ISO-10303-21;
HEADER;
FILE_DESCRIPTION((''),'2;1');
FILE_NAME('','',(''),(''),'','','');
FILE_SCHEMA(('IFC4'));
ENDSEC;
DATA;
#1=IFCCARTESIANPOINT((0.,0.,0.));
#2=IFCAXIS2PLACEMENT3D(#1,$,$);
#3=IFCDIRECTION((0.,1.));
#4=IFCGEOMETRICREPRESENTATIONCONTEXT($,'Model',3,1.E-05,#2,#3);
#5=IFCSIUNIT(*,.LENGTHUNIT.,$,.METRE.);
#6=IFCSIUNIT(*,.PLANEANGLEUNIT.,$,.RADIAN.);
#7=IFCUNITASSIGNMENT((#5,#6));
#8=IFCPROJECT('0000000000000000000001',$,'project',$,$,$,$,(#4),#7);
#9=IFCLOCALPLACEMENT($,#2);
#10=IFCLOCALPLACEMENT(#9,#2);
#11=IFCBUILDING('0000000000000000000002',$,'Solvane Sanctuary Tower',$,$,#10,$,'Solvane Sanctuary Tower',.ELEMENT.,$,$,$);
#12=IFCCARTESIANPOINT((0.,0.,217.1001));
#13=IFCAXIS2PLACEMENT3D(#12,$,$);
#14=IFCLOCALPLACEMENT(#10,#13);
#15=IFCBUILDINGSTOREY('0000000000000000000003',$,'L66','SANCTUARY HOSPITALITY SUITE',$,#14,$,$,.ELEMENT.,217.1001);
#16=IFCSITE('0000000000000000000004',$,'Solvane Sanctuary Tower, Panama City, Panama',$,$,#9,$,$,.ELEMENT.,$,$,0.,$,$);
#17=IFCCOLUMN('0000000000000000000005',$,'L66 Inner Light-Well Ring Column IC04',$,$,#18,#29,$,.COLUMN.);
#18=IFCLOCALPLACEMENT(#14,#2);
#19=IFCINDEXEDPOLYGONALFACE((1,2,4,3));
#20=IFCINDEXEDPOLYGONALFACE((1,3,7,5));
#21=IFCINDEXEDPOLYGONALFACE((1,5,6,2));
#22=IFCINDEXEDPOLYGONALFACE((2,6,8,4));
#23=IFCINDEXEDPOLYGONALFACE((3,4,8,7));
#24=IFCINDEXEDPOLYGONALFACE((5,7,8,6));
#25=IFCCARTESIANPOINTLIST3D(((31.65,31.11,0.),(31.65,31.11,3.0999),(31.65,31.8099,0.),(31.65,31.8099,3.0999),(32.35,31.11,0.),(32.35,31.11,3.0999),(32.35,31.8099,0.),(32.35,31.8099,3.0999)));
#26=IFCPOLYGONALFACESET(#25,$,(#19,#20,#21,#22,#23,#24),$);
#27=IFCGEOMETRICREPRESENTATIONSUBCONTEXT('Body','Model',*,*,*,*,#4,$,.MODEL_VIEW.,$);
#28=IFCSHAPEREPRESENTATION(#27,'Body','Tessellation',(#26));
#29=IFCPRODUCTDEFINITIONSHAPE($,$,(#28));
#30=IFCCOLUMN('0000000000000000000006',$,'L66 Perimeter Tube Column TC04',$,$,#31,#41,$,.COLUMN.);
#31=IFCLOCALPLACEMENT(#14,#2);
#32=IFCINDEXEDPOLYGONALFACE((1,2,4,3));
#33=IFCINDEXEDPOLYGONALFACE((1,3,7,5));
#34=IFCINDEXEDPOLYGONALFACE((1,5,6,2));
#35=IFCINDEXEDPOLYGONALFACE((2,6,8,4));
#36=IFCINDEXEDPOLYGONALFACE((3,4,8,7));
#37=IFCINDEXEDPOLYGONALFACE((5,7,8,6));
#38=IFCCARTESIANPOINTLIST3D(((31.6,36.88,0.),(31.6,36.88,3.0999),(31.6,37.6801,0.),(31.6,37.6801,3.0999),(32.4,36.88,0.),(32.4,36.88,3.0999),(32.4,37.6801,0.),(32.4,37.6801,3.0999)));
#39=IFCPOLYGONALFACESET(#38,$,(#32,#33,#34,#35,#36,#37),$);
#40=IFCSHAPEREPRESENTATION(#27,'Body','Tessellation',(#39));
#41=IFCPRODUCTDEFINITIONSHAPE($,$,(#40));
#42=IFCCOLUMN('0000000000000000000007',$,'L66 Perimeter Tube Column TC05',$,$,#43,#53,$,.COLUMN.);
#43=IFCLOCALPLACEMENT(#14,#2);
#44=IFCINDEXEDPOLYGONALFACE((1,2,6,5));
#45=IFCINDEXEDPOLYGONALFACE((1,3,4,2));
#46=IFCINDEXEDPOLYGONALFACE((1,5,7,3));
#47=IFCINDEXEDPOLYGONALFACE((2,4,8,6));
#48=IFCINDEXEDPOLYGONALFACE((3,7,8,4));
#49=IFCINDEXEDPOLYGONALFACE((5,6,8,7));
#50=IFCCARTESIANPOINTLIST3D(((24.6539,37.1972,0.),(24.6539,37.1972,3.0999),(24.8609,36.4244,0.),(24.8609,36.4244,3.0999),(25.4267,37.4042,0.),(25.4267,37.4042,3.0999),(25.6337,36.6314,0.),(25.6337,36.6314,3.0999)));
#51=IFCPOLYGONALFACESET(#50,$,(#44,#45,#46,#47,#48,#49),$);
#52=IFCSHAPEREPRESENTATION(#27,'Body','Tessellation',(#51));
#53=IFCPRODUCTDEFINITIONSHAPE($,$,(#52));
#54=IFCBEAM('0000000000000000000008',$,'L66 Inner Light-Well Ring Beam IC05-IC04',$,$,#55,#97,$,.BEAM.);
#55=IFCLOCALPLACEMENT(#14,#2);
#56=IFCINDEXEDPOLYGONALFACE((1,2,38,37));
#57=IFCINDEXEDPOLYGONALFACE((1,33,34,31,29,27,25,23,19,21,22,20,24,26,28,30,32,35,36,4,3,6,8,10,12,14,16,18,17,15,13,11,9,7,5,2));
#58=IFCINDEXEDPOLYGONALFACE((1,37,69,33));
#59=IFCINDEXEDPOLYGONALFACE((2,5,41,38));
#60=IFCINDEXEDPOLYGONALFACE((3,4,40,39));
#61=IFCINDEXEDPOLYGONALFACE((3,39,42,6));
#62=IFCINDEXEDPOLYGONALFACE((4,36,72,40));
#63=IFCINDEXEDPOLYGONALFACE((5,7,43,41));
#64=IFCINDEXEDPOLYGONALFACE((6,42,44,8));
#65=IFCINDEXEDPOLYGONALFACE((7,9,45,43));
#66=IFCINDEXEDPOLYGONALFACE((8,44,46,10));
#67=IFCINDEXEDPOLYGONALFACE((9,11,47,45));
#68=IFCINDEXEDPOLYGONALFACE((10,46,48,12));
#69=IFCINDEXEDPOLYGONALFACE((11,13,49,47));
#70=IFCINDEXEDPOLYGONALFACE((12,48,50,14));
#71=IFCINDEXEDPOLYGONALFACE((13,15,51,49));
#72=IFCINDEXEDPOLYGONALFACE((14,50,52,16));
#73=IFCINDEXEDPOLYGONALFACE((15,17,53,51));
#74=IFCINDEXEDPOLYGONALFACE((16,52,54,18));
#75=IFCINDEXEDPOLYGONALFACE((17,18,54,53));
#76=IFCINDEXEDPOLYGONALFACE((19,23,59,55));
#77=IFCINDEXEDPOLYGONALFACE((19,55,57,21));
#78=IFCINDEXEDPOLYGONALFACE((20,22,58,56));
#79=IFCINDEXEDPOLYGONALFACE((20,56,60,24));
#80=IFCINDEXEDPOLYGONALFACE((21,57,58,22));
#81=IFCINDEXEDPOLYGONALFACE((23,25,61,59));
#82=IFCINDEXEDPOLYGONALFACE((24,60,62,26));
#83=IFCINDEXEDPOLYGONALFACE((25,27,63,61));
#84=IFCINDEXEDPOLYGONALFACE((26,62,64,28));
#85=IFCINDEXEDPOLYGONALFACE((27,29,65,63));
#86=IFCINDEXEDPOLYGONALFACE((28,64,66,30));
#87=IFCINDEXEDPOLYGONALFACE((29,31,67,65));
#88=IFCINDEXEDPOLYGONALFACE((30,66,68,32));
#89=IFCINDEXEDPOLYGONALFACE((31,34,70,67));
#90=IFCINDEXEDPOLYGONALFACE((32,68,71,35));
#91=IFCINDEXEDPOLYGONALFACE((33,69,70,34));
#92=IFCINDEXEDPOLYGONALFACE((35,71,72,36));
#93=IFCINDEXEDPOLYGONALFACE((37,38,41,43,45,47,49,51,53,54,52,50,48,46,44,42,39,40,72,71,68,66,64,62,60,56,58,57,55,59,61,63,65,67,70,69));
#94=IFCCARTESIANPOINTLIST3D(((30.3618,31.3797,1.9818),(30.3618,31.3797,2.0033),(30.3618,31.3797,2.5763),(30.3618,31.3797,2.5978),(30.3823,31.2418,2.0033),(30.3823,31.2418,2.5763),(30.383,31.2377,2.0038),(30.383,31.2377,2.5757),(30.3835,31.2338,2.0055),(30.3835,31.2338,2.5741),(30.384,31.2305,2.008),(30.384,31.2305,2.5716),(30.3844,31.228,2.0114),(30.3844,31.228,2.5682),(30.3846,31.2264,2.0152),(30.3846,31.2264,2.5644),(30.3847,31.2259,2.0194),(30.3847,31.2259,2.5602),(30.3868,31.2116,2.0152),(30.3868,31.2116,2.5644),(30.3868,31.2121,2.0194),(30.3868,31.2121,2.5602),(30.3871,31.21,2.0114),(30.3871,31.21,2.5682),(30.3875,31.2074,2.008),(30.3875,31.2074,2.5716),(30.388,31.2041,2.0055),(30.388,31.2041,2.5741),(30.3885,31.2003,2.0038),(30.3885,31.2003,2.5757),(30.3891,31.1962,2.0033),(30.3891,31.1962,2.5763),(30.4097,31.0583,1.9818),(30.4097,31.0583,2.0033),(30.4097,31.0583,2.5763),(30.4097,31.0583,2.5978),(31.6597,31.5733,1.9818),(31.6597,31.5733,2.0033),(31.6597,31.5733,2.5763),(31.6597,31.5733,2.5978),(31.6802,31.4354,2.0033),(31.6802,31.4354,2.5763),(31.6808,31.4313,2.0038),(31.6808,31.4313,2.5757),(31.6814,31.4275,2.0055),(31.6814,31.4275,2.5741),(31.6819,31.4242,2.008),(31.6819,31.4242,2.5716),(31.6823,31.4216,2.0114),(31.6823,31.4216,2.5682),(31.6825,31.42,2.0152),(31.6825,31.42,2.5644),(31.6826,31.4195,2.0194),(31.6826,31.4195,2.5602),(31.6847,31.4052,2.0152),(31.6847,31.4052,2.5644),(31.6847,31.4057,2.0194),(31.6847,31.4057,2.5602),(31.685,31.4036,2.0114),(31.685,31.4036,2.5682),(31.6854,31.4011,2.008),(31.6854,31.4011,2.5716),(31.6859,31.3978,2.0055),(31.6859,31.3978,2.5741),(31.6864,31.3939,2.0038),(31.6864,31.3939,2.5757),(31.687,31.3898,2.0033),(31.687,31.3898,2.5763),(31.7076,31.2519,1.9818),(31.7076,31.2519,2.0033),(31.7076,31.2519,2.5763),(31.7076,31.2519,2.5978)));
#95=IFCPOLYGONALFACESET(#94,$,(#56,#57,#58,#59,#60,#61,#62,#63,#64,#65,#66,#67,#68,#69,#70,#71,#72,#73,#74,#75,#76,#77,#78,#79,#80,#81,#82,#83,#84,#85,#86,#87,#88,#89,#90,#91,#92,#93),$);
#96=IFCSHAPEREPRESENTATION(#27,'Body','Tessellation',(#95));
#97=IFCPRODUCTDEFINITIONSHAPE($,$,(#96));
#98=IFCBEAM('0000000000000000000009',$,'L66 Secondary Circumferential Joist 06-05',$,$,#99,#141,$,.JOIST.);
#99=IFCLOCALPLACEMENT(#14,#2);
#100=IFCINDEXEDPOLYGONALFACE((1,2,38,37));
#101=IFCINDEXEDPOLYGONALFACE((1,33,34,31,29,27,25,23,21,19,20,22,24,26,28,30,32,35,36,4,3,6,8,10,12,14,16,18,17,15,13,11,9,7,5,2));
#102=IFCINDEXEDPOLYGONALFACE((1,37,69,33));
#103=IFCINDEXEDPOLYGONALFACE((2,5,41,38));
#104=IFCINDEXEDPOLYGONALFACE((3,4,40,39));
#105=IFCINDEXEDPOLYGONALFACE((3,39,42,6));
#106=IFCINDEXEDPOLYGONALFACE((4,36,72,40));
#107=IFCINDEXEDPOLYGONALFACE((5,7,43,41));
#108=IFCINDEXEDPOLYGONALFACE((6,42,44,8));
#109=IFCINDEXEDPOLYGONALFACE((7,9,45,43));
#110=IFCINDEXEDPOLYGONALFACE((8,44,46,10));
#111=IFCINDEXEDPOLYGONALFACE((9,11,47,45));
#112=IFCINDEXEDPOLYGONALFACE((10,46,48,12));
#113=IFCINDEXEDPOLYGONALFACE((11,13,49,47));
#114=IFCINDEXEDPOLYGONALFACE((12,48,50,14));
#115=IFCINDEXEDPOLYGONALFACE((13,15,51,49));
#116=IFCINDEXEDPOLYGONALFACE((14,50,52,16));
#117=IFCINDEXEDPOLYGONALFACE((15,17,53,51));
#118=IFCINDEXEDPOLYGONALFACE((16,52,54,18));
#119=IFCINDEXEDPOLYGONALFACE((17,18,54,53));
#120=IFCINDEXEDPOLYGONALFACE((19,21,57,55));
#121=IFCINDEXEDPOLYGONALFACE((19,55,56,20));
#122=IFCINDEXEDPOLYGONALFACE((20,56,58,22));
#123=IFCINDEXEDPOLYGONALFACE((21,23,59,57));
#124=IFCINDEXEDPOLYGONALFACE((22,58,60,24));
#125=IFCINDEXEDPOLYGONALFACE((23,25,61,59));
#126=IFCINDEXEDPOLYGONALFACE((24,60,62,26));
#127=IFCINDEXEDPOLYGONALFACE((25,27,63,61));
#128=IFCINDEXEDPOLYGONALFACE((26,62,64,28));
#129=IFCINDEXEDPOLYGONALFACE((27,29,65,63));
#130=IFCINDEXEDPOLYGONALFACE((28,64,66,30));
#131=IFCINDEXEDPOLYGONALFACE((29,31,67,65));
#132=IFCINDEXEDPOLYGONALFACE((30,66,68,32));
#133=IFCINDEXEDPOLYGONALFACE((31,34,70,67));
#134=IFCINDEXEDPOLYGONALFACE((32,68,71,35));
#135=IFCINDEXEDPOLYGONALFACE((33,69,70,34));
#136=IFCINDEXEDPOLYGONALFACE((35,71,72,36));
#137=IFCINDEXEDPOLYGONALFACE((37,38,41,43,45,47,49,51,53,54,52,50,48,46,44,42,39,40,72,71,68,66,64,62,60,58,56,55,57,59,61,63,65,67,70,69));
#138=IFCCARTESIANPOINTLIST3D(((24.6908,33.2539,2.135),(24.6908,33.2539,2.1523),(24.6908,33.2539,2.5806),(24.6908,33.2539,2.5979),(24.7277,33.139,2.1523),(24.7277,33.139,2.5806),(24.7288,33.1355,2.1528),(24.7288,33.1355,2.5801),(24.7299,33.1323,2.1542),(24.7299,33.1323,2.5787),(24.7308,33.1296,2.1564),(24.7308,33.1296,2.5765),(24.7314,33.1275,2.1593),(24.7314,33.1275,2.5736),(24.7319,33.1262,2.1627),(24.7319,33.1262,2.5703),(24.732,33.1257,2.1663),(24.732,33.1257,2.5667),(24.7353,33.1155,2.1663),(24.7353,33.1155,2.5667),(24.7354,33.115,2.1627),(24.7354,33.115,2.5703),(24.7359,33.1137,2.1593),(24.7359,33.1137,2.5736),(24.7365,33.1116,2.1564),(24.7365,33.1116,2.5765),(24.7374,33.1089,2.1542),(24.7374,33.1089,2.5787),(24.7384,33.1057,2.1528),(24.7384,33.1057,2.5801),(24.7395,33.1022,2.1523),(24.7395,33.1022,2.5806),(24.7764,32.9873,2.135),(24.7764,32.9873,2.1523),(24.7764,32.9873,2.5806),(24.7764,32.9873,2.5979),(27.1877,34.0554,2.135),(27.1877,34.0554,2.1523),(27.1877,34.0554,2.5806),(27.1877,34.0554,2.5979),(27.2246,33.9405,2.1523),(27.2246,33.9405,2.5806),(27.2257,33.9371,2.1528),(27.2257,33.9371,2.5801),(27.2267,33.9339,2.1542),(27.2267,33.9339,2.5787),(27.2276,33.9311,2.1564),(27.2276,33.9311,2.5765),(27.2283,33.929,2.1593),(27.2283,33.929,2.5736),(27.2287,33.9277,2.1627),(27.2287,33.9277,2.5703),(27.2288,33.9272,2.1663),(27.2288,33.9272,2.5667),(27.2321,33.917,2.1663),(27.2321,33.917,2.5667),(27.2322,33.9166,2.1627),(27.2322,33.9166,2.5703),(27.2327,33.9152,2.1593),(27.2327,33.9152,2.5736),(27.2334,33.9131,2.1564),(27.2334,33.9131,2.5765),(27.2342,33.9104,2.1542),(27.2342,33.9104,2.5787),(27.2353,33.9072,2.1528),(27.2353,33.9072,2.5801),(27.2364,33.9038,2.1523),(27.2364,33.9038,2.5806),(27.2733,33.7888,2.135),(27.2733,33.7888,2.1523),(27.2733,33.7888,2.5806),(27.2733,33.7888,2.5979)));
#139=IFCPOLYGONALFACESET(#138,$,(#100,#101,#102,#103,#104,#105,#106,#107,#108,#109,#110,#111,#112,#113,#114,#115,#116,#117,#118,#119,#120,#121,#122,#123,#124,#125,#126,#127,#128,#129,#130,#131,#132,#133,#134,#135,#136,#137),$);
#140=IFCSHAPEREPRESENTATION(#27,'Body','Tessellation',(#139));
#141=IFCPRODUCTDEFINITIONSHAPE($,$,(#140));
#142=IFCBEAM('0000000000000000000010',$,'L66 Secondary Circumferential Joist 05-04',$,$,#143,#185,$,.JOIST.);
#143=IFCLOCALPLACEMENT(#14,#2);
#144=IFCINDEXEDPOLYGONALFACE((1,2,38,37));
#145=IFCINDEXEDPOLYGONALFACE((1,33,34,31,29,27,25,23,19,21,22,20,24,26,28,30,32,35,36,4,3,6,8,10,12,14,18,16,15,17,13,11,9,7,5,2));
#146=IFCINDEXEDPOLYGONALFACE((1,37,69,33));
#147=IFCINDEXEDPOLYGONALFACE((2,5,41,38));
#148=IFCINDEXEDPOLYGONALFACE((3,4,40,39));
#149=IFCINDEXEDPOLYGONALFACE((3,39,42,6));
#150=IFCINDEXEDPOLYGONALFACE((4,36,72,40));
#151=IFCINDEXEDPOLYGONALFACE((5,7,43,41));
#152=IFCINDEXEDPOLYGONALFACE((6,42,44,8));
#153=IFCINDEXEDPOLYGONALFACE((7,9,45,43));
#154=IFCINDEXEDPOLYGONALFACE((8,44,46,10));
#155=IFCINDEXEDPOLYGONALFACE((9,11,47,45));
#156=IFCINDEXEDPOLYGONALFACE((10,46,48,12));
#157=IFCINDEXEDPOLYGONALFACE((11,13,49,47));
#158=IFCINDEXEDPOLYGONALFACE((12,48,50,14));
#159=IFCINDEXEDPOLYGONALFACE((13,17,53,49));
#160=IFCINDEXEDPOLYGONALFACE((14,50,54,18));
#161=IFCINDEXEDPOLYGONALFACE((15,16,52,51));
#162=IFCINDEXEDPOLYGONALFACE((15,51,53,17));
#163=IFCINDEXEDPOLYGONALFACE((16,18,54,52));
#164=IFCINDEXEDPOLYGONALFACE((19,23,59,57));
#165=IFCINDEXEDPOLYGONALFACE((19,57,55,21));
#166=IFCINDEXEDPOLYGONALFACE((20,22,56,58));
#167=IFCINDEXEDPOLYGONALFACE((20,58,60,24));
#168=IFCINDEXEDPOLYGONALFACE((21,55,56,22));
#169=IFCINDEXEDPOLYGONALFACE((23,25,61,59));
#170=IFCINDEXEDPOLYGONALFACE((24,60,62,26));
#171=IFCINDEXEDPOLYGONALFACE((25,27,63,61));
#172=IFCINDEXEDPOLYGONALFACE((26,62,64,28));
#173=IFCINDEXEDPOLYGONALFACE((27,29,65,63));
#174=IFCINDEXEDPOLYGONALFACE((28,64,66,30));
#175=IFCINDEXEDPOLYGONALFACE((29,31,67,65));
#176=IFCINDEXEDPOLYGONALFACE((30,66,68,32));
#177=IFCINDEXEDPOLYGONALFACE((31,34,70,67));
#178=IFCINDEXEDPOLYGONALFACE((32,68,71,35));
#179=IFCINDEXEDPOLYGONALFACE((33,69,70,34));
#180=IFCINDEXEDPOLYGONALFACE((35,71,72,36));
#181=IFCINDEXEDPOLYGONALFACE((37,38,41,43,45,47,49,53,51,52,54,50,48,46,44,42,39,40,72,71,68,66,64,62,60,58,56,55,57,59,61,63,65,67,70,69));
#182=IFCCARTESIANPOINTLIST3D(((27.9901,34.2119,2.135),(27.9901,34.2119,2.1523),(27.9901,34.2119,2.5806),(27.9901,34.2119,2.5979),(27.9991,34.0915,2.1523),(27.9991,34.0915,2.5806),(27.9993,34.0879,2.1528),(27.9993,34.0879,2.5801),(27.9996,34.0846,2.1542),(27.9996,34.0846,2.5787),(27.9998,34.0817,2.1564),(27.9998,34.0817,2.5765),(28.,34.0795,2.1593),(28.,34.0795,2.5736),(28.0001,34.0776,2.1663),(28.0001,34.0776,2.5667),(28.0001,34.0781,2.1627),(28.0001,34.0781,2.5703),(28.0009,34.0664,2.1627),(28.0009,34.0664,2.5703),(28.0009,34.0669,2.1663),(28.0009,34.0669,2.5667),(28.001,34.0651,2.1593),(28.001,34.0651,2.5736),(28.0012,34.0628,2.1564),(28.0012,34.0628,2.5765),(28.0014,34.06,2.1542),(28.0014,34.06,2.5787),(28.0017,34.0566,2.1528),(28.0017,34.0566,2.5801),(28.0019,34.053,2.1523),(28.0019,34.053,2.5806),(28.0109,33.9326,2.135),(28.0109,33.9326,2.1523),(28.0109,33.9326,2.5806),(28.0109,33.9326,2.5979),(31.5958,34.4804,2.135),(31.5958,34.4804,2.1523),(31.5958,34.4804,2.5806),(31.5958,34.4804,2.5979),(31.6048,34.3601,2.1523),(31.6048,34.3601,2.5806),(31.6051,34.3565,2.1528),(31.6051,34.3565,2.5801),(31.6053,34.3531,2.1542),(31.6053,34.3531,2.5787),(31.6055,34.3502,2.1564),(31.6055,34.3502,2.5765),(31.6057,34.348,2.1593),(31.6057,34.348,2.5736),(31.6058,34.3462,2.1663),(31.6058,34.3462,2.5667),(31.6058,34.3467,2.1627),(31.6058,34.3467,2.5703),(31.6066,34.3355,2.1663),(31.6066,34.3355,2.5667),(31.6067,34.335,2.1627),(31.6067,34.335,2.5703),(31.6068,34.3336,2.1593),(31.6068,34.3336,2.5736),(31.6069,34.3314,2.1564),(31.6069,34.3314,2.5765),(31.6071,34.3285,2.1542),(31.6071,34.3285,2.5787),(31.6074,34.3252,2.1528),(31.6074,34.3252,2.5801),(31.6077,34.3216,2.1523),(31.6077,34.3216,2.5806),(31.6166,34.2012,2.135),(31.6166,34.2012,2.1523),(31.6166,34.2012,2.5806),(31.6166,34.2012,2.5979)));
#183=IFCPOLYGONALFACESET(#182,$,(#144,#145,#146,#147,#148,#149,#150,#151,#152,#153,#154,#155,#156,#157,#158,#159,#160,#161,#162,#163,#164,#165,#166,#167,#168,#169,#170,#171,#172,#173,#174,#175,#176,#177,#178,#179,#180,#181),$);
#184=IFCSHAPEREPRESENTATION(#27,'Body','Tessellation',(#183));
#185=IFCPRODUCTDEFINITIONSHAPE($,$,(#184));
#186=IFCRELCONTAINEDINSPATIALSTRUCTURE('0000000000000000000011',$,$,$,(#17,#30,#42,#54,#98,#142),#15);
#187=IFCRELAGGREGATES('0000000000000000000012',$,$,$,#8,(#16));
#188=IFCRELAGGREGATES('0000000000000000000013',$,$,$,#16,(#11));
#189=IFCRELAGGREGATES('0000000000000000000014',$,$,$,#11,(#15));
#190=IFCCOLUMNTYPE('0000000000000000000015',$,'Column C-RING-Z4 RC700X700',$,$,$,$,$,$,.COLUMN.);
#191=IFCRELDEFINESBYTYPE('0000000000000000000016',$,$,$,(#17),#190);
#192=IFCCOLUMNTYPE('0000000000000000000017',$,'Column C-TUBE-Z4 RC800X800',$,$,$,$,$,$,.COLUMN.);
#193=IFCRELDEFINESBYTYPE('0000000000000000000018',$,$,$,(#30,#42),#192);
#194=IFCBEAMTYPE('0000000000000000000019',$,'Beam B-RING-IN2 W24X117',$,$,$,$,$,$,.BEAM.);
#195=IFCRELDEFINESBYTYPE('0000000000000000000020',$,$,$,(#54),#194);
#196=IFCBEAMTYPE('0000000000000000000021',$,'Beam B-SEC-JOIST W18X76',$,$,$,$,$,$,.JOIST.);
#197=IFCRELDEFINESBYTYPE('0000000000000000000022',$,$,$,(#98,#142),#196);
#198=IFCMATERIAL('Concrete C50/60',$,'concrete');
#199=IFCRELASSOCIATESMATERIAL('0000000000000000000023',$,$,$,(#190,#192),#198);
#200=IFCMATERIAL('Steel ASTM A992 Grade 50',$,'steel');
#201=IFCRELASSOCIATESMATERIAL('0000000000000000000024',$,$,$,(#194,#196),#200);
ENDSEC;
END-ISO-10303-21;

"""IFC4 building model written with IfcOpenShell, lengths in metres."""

from ifc_helpers import new_model, si_unit, direction, frame, origin, origin_2d, place, context, subcontext, project, spatial, rectangle, i_section, extrude, material, material_profile, profile_set, type_object, element, save


model = new_model("IFC4")

# Units and contexts
model_context = context("Model", 3, precision=1e-05, world=origin(), true_north=direction((0.0, 1.0)))
body_context = subcontext(model_context, "Body", "Model", "MODEL_VIEW")
ifc_project = project(units=[si_unit("LENGTHUNIT", "METRE"), si_unit("PLANEANGLEUNIT", "RADIAN")], contexts=[model_context])

# Site, building, storey
site_placement = place(None, origin())
site = spatial("IfcSite", under=ifc_project, at=site_placement, Name="Solvane Sanctuary Tower, Panama City, Panama", CompositionType="ELEMENT", RefElevation=0.0)
building_placement = place(site_placement, origin())
building = spatial("IfcBuilding", under=site, at=building_placement, Name="Solvane Sanctuary Tower", LongName="Solvane Sanctuary Tower", CompositionType="ELEMENT")
storey_placement = place(building_placement, frame((0.0, 0.0, 217.1001)))
storey = spatial("IfcBuildingStorey", under=building, at=storey_placement, Name="L66", Description="SANCTUARY HOSPITALITY SUITE", CompositionType="ELEMENT", Elevation=217.1001)

# Columns
ifc_material_1 = material(Name="Concrete C50/60", Category="concrete")
ifc_material_profile_1 = material_profile(ifc_material_1, rectangle(XDim=0.7, YDim=0.7, at=origin_2d()), Name="RC700X700")
ifc_profile_set_1 = profile_set([ifc_material_profile_1], Name="Concrete C50/60")
column_type_1 = type_object("IfcColumnType", Name="Column C-RING-Z4 RC700X700", PredefinedType="COLUMN", material=ifc_profile_set_1)
column_placement = place(storey_placement, frame((32.0, 31.46, 0.0), z_axis=(0.0, 0.0, 1.0), x_axis=(1.0, 0.0, 0.0)))
element("IfcColumn", 1, at=column_placement, inside=storey, type_object=column_type_1, Name="L66 Inner Light-Well Ring Column IC04", PredefinedType="COLUMN", context=body_context, shape_type="SweptSolid", body=[
    extrude(rectangle(XDim=0.7, YDim=0.7, at=origin_2d()), origin(), (0.0, 0.0, 1.0), 3.0999),
])
ifc_material_profile_2 = material_profile(ifc_material_1, rectangle(XDim=0.8, YDim=0.8, at=origin_2d()), Name="RC800X800")
ifc_profile_set_2 = profile_set([ifc_material_profile_2], Name="Concrete C50/60")
column_type_2 = type_object("IfcColumnType", Name="Column C-TUBE-Z4 RC800X800", PredefinedType="COLUMN", material=ifc_profile_set_2)
for number, where, z_axis, x_axis, name in (
    (2, (32.0, 37.28, 0.0), (0.0, 0.0, 1.0), (0.0, 1.0, 0.0), "L66 Perimeter Tube Column TC04"),
    (3, (25.1438, 36.9143, 0.0), (0.0, 0.0, 1.0), (-0.258819, 0.965926, 0.0), "L66 Perimeter Tube Column TC05"),
):
    element("IfcColumn", number, at=place(storey_placement, frame(where, z_axis=z_axis, x_axis=x_axis)), inside=storey, type_object=column_type_2, Name=name, PredefinedType="COLUMN", context=body_context, shape_type="SweptSolid", body=[
        extrude(rectangle(XDim=0.8, YDim=0.8, at=origin_2d()), origin(), (0.0, 0.0, 1.0), 3.0999),
    ])

# Beams
ifc_material_2 = material(Name="Steel ASTM A992 Grade 50", Category="steel")
ifc_material_profile_3 = material_profile(ifc_material_2, i_section(OverallWidth=0.325, OverallDepth=0.616, WebThickness=0.0139, FlangeThickness=0.0215, FilletRadius=0.0161, at=origin_2d()), Name="W24X117")
ifc_profile_set_3 = profile_set([ifc_material_profile_3], Name="Steel ASTM A992 Grade 50")
beam_type_1 = type_object("IfcBeamType", Name="Beam B-RING-IN2 W24X117", PredefinedType="BEAM", material=ifc_profile_set_3)
beam_1_placement = place(storey_placement, frame((30.3857, 31.219, 2.2898), z_axis=(0.989056, 0.14754, 0.0), x_axis=(-0.14754, 0.989056, 0.0)))
element("IfcBeam", 4, at=beam_1_placement, inside=storey, type_object=beam_type_1, Name="L66 Inner Light-Well Ring Beam IC05-IC04", PredefinedType="BEAM", context=body_context, shape_type="SweptSolid", body=[
    extrude(i_section(OverallWidth=0.325, OverallDepth=0.616, WebThickness=0.0139, FlangeThickness=0.0215, FilletRadius=0.0161, at=origin_2d()), origin(), (0.0, 0.0, 1.0), 1.3123),
])
ifc_material_profile_4 = material_profile(ifc_material_2, i_section(OverallWidth=0.28, OverallDepth=0.4629, WebThickness=0.0107, FlangeThickness=0.0173, FilletRadius=0.0139, at=origin_2d()), Name="W18X76")
ifc_profile_set_4 = profile_set([ifc_material_profile_4], Name="Steel ASTM A992 Grade 50")
beam_type_2 = type_object("IfcBeamType", Name="Beam B-SEC-JOIST W18X76", PredefinedType="JOIST", material=ifc_profile_set_4)
beam_2_placement = place(storey_placement, frame((24.7336, 33.1206, 2.3665), z_axis=(0.952144, 0.305651, 0.0), x_axis=(-0.305651, 0.952144, 0.0)))
element("IfcBeam", 5, at=beam_2_placement, inside=storey, type_object=beam_type_2, Name="L66 Secondary Circumferential Joist 06-05", PredefinedType="JOIST", context=body_context, shape_type="SweptSolid", body=[
    extrude(i_section(OverallWidth=0.28, OverallDepth=0.4629, WebThickness=0.0107, FlangeThickness=0.0173, FilletRadius=0.0139, at=origin_2d()), origin(), (0.0, 0.0, 1.0), 2.6223),
])
beam_3_placement = place(storey_placement, frame((28.0005, 34.0723, 2.3665), z_axis=(0.997238, 0.074275, 0.0), x_axis=(-0.074275, 0.997238, 0.0)))
element("IfcBeam", 6, at=beam_3_placement, inside=storey, type_object=beam_type_2, Name="L66 Secondary Circumferential Joist 05-04", PredefinedType="JOIST", context=body_context, shape_type="SweptSolid", body=[
    extrude(i_section(OverallWidth=0.28, OverallDepth=0.4629, WebThickness=0.0107, FlangeThickness=0.0173, FilletRadius=0.0139, at=origin_2d()), origin(), (0.0, 0.0, 1.0), 3.6157),
])

save(model, "model.ifc")
